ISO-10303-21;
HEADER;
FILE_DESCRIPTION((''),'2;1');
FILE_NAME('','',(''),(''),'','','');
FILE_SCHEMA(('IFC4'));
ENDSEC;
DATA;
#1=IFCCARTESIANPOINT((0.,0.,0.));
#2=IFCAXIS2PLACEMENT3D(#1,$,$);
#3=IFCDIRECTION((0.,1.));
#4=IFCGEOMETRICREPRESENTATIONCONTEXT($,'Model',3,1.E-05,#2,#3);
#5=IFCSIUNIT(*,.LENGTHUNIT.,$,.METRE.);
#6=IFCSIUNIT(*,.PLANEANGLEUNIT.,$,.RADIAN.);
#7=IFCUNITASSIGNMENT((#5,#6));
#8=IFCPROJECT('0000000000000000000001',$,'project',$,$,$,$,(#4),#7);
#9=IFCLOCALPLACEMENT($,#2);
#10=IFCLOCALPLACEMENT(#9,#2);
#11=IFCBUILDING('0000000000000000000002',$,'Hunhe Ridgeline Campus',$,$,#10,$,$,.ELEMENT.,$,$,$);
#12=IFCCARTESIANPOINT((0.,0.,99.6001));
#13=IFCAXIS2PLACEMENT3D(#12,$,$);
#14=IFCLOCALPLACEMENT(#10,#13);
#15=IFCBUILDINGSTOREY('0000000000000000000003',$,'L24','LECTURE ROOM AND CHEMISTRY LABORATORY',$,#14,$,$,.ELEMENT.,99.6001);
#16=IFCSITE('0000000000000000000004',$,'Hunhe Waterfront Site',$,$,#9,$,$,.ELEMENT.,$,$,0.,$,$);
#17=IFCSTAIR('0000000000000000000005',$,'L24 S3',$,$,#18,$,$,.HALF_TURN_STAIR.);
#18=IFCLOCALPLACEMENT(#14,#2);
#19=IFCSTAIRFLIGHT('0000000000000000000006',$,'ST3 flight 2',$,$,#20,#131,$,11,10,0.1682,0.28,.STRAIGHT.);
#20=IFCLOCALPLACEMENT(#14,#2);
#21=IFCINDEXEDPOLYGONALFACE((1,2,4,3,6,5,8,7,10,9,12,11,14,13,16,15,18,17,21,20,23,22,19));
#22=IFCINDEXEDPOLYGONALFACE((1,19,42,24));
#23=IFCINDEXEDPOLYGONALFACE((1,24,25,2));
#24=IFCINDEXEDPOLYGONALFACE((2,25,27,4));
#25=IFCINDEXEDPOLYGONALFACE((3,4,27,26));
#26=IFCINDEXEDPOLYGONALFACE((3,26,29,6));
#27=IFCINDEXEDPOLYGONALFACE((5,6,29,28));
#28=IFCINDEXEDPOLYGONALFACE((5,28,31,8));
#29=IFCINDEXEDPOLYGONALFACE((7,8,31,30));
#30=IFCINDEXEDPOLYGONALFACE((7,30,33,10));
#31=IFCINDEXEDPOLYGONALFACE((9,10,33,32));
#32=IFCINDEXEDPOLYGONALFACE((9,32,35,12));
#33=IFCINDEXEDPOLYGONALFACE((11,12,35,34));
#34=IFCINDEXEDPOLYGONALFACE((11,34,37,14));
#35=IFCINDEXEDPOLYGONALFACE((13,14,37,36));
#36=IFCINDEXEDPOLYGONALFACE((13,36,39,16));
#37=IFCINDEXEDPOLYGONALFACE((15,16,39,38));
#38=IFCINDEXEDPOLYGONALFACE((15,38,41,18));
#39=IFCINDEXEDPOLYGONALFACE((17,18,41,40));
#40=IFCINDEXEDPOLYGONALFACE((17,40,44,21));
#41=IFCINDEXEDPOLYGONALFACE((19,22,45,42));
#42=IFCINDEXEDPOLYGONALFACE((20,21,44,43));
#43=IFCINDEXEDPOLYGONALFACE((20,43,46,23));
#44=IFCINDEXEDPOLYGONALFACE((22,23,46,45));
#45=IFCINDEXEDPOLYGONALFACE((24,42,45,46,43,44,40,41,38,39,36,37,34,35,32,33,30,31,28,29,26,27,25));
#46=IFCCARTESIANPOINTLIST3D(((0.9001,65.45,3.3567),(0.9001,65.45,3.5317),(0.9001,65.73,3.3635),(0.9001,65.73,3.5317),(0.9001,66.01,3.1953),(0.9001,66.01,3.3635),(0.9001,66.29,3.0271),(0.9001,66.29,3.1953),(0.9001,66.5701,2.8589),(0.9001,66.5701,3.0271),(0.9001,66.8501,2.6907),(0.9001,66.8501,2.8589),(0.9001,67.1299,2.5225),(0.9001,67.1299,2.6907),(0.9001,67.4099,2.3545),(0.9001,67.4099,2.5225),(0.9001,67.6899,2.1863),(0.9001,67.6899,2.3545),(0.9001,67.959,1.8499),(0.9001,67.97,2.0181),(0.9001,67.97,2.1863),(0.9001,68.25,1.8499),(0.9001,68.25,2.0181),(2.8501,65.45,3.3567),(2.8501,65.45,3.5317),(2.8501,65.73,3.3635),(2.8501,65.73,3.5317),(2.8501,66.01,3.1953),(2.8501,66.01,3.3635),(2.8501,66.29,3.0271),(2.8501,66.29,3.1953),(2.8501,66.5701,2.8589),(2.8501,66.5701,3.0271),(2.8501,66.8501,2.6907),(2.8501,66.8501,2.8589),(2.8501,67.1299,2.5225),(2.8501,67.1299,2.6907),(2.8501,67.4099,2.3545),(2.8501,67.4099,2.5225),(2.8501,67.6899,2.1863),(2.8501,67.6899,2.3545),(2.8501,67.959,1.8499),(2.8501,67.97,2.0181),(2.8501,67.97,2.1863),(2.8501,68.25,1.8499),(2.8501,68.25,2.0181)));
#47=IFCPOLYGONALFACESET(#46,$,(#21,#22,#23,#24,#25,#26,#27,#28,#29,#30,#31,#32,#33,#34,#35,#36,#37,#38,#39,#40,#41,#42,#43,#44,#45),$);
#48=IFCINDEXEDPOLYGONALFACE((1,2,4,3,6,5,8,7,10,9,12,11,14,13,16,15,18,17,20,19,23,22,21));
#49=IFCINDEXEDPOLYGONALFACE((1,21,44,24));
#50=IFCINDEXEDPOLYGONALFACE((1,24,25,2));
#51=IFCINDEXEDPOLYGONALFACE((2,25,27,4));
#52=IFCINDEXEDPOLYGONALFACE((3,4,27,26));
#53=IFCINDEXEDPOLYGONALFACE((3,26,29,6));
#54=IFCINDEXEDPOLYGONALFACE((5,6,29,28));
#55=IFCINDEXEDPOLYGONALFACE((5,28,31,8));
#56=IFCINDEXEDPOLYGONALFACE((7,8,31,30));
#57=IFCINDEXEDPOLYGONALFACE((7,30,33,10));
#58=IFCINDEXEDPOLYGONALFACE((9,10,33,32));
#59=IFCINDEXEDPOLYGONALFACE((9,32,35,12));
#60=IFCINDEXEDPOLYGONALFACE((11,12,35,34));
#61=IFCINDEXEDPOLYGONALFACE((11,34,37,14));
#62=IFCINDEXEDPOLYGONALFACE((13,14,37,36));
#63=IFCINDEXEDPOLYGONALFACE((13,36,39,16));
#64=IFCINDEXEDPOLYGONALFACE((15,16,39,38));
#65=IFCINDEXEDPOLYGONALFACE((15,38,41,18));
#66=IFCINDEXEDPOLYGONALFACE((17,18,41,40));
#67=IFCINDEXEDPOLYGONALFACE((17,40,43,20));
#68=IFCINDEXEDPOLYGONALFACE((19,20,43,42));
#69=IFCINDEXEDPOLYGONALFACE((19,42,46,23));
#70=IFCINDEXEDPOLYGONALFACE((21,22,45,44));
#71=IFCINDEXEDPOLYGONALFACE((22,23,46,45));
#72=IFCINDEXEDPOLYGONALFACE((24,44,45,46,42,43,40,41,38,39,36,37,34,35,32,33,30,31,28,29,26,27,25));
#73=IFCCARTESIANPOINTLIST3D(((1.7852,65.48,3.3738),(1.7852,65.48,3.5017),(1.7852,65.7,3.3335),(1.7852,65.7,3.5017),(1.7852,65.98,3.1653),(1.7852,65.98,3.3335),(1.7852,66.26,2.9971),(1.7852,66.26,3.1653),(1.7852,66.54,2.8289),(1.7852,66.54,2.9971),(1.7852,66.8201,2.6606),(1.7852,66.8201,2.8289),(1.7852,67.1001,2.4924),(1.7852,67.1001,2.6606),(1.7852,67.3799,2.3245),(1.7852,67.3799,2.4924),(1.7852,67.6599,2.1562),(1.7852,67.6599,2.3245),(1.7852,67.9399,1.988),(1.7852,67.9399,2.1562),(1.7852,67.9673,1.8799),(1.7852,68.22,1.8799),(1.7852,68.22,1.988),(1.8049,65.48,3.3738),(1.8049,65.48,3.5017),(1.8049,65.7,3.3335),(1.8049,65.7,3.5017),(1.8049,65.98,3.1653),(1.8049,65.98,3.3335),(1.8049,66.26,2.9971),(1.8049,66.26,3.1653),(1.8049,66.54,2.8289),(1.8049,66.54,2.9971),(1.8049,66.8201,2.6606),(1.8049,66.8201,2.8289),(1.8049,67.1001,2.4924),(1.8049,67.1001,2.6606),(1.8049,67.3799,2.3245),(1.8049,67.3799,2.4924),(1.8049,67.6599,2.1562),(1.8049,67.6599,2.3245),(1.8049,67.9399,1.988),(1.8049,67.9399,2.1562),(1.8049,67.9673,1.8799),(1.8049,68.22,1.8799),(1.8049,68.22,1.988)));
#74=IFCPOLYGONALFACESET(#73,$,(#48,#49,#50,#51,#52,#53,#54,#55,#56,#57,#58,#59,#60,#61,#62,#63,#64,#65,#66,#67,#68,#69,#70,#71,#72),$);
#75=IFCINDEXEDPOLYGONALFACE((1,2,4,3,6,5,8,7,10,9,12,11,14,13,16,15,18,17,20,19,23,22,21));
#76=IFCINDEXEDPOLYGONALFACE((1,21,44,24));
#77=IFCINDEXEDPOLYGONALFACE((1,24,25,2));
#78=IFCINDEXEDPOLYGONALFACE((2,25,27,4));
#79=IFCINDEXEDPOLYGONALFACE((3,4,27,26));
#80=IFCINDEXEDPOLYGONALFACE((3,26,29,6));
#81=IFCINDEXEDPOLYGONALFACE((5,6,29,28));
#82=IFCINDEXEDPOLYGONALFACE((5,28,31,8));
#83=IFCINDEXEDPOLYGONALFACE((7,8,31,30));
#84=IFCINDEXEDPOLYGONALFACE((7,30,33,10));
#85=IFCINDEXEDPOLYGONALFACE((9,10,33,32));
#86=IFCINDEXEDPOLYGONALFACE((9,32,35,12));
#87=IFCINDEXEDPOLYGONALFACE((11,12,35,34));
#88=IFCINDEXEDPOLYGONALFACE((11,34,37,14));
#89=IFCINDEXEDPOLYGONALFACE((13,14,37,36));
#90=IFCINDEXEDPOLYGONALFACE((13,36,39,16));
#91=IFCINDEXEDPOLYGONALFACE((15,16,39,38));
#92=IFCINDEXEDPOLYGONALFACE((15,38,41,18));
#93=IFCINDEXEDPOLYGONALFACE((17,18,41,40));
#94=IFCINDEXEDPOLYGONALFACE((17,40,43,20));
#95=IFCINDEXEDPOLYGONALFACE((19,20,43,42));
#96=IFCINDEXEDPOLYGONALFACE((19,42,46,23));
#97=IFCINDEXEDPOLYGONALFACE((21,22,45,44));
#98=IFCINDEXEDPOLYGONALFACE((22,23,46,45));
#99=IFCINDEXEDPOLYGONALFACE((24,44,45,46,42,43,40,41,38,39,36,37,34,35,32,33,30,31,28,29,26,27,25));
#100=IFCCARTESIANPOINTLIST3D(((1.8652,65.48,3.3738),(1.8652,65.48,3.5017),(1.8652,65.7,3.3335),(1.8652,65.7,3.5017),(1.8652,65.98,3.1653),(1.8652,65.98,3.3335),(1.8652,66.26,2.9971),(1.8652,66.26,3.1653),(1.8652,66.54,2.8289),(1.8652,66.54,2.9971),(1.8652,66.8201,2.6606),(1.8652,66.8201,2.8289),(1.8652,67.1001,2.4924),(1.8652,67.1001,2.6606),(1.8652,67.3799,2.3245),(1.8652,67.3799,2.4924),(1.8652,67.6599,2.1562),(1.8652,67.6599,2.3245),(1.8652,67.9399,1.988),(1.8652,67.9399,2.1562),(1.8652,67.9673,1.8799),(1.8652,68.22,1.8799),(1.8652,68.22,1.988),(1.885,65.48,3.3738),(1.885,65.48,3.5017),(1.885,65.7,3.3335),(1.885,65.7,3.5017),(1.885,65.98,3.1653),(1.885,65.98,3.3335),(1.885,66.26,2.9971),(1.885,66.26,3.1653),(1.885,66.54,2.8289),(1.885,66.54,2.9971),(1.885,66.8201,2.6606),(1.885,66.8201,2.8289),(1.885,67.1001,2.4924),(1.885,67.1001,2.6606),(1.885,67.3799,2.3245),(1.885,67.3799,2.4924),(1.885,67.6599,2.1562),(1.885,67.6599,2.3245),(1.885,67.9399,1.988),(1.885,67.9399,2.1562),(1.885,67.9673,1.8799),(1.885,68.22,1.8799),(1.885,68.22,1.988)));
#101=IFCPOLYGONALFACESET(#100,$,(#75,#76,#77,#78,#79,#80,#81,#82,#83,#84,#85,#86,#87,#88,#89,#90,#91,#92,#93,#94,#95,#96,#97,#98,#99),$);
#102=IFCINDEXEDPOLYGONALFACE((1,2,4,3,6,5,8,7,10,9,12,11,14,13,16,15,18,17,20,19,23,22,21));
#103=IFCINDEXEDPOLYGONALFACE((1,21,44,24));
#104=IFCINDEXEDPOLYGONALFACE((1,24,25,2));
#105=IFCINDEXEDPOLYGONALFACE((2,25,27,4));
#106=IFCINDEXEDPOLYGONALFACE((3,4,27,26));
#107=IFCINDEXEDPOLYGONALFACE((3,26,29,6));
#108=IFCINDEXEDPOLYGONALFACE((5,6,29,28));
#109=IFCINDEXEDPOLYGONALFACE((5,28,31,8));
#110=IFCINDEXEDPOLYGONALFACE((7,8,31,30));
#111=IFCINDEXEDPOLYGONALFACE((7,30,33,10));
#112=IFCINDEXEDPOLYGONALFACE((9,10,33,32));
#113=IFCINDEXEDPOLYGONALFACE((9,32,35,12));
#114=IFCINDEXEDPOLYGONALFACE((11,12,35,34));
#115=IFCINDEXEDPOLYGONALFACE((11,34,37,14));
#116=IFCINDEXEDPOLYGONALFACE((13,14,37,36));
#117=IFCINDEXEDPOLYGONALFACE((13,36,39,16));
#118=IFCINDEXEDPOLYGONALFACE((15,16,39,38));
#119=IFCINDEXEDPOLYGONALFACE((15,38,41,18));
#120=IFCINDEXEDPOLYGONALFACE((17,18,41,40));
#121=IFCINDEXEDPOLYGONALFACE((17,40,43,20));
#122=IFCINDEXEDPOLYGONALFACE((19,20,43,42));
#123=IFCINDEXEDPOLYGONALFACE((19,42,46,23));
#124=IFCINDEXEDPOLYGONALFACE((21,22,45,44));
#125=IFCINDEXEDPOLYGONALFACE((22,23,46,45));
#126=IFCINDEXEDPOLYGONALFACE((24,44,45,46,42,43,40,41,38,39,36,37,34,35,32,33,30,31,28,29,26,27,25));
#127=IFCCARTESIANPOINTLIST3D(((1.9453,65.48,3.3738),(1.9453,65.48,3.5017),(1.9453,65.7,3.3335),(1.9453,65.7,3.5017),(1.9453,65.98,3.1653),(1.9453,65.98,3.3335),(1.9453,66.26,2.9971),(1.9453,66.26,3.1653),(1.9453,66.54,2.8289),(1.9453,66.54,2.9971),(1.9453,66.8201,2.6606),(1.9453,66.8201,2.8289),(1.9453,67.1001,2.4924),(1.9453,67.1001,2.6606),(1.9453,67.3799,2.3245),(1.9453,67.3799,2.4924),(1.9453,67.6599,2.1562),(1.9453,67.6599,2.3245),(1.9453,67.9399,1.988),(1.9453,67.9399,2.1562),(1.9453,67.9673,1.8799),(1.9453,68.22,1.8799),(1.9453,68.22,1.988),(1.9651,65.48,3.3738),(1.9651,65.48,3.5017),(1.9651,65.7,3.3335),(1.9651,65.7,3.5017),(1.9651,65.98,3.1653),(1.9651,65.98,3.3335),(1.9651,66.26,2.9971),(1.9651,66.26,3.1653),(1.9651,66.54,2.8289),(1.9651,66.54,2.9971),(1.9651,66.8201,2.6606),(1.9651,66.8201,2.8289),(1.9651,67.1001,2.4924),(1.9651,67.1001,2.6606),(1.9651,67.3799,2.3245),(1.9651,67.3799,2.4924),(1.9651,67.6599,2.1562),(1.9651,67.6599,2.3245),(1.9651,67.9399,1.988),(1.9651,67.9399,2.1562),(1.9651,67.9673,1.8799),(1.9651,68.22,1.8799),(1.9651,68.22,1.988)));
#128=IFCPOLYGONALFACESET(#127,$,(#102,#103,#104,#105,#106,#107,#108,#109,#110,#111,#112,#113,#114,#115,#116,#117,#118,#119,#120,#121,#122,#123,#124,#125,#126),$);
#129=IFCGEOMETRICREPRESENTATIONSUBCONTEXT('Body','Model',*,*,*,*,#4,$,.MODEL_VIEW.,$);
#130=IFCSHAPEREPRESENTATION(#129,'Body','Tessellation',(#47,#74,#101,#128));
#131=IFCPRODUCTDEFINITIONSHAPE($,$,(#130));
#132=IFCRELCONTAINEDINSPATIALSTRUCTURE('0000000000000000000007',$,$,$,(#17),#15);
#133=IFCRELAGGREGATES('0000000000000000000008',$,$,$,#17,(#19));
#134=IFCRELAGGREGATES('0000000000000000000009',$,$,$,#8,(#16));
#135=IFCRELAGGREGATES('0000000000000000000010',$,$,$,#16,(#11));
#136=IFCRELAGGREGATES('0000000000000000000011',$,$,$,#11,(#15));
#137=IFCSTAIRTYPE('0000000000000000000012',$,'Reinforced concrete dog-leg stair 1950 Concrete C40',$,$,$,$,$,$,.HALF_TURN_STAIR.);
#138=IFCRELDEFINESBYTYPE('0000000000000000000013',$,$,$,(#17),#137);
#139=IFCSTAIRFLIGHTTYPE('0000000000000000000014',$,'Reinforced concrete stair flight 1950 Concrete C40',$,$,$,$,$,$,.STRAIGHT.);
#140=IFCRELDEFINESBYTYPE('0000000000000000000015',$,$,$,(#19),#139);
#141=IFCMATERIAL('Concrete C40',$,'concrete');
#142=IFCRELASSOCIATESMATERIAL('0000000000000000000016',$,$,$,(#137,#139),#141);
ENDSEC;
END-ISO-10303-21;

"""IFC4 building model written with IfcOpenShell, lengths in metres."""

from ifc_helpers import new_model, si_unit, direction, frame, origin, place, context, subcontext, project, spatial, polyline, outline, extrude, material, type_object, element, aggregate, save


model = new_model("IFC4")

# Units and contexts
model_context = context("Model", 3, precision=1e-05, world=origin(), true_north=direction((0.0, 1.0)))
body_context = subcontext(model_context, "Body", "Model", "MODEL_VIEW")
ifc_project = project(units=[si_unit("LENGTHUNIT", "METRE"), si_unit("PLANEANGLEUNIT", "RADIAN")], contexts=[model_context])

# Site, building, storey
site_placement = place(None, origin())
site = spatial("IfcSite", under=ifc_project, at=site_placement, Name="Hunhe Waterfront Site", CompositionType="ELEMENT", RefElevation=0.0)
building_placement = place(site_placement, origin())
building = spatial("IfcBuilding", under=site, at=building_placement, Name="Hunhe Ridgeline Campus", CompositionType="ELEMENT")
storey_placement = place(building_placement, frame((0.0, 0.0, 99.6001)))
storey = spatial("IfcBuildingStorey", under=building, at=storey_placement, Name="L24", Description="LECTURE ROOM AND CHEMISTRY LABORATORY", CompositionType="ELEMENT", Elevation=99.6001)

# Stair, stair flight
ifc_material_1 = material(Name="Concrete C40", Category="concrete")
stair_type = type_object("IfcStairType", Name="Reinforced concrete dog-leg stair 1950 Concrete C40", PredefinedType="HALF_TURN_STAIR", material=ifc_material_1)
stair_1_placement = place(storey_placement, origin())
stair_1 = element("IfcStair", 1, at=stair_1_placement, inside=storey, type_object=stair_type, Name="L24 S3", PredefinedType="HALF_TURN_STAIR")
stair_flight_type = type_object("IfcStairFlightType", Name="Reinforced concrete stair flight 1950 Concrete C40", PredefinedType="STRAIGHT", material=ifc_material_1)
stair_flight_1_placement = place(storey_placement, frame((1.875, 68.25, 1.8499), z_axis=(0.0, 0.0, 1.0), x_axis=(0.0, -1.0, 0.0)))
stair_flight_1 = element("IfcStairFlight", 2, at=stair_flight_1_placement, type_object=stair_flight_type, Name="ST3 flight 2", NumberOfRisers=11, NumberOfTreads=10, PredefinedType="STRAIGHT", RiserHeight=0.1682, TreadLength=0.28, context=body_context, shape_type="SweptSolid", body=[
    extrude(outline(polyline([(0.0, 0.0), (0.0, 0.1682), (0.28, 0.1682), (0.28, 0.3364), (0.5601, 0.3364), (0.5601, 0.5046), (0.8401, 0.5046), (0.8401, 0.6726), (1.1201, 0.6726), (1.1201, 0.8408), (1.3999, 0.8408), (1.3999, 1.009), (1.6799, 1.009), (1.6799, 1.1772), (1.96, 1.1772), (1.96, 1.3455), (2.24, 1.3455), (2.24, 1.5137), (2.52, 1.5137), (2.52, 1.6819), (2.8, 1.6819), (2.8, 1.8501), (2.8, 1.5068), (0.291, 0.0), (0.0, 0.0)])), frame((0.0, 0.9751, 0.0), z_axis=(0.0, -1.0, 0.0), x_axis=(1.0, 0.0, 0.0)), (0.0, 0.0, 1.0), 1.95),
    extrude(outline(polyline([(0.03, 0.03), (0.03, 0.1382), (0.3101, 0.1382), (0.3101, 0.3064), (0.5901, 0.3064), (0.5901, 0.4746), (0.8701, 0.4746), (0.8701, 0.6426), (1.1499, 0.6426), (1.1499, 0.8108), (1.4299, 0.8108), (1.4299, 0.979), (1.71, 0.979), (1.71, 1.1472), (1.99, 1.1472), (1.99, 1.3154), (2.27, 1.3154), (2.27, 1.4836), (2.55, 1.4836), (2.55, 1.6519), (2.77, 1.6519), (2.77, 1.5239), (0.2827, 0.03), (0.03, 0.03)])), frame((0.0, -0.0701, 0.0), z_axis=(0.0, -1.0, 0.0), x_axis=(1.0, 0.0, 0.0)), (0.0, 0.0, 1.0), 0.0198),
    extrude(outline(polyline([(0.03, 0.03), (0.03, 0.1382), (0.3101, 0.1382), (0.3101, 0.3064), (0.5901, 0.3064), (0.5901, 0.4746), (0.8701, 0.4746), (0.8701, 0.6426), (1.1499, 0.6426), (1.1499, 0.8108), (1.4299, 0.8108), (1.4299, 0.979), (1.71, 0.979), (1.71, 1.1472), (1.99, 1.1472), (1.99, 1.3154), (2.27, 1.3154), (2.27, 1.4836), (2.55, 1.4836), (2.55, 1.6519), (2.77, 1.6519), (2.77, 1.5239), (0.2827, 0.03), (0.03, 0.03)])), frame((0.0, 0.01, 0.0), z_axis=(0.0, -1.0, 0.0), x_axis=(1.0, 0.0, 0.0)), (0.0, 0.0, 1.0), 0.0198),
    extrude(outline(polyline([(0.03, 0.03), (0.03, 0.1382), (0.3101, 0.1382), (0.3101, 0.3064), (0.5901, 0.3064), (0.5901, 0.4746), (0.8701, 0.4746), (0.8701, 0.6426), (1.1499, 0.6426), (1.1499, 0.8108), (1.4299, 0.8108), (1.4299, 0.979), (1.71, 0.979), (1.71, 1.1472), (1.99, 1.1472), (1.99, 1.3154), (2.27, 1.3154), (2.27, 1.4836), (2.55, 1.4836), (2.55, 1.6519), (2.77, 1.6519), (2.77, 1.5239), (0.2827, 0.03), (0.03, 0.03)])), frame((0.0, 0.0901, 0.0), z_axis=(0.0, -1.0, 0.0), x_axis=(1.0, 0.0, 0.0)), (0.0, 0.0, 1.0), 0.0198),
])
aggregate(stair_1, [stair_flight_1])

save(model, "model.ifc")
